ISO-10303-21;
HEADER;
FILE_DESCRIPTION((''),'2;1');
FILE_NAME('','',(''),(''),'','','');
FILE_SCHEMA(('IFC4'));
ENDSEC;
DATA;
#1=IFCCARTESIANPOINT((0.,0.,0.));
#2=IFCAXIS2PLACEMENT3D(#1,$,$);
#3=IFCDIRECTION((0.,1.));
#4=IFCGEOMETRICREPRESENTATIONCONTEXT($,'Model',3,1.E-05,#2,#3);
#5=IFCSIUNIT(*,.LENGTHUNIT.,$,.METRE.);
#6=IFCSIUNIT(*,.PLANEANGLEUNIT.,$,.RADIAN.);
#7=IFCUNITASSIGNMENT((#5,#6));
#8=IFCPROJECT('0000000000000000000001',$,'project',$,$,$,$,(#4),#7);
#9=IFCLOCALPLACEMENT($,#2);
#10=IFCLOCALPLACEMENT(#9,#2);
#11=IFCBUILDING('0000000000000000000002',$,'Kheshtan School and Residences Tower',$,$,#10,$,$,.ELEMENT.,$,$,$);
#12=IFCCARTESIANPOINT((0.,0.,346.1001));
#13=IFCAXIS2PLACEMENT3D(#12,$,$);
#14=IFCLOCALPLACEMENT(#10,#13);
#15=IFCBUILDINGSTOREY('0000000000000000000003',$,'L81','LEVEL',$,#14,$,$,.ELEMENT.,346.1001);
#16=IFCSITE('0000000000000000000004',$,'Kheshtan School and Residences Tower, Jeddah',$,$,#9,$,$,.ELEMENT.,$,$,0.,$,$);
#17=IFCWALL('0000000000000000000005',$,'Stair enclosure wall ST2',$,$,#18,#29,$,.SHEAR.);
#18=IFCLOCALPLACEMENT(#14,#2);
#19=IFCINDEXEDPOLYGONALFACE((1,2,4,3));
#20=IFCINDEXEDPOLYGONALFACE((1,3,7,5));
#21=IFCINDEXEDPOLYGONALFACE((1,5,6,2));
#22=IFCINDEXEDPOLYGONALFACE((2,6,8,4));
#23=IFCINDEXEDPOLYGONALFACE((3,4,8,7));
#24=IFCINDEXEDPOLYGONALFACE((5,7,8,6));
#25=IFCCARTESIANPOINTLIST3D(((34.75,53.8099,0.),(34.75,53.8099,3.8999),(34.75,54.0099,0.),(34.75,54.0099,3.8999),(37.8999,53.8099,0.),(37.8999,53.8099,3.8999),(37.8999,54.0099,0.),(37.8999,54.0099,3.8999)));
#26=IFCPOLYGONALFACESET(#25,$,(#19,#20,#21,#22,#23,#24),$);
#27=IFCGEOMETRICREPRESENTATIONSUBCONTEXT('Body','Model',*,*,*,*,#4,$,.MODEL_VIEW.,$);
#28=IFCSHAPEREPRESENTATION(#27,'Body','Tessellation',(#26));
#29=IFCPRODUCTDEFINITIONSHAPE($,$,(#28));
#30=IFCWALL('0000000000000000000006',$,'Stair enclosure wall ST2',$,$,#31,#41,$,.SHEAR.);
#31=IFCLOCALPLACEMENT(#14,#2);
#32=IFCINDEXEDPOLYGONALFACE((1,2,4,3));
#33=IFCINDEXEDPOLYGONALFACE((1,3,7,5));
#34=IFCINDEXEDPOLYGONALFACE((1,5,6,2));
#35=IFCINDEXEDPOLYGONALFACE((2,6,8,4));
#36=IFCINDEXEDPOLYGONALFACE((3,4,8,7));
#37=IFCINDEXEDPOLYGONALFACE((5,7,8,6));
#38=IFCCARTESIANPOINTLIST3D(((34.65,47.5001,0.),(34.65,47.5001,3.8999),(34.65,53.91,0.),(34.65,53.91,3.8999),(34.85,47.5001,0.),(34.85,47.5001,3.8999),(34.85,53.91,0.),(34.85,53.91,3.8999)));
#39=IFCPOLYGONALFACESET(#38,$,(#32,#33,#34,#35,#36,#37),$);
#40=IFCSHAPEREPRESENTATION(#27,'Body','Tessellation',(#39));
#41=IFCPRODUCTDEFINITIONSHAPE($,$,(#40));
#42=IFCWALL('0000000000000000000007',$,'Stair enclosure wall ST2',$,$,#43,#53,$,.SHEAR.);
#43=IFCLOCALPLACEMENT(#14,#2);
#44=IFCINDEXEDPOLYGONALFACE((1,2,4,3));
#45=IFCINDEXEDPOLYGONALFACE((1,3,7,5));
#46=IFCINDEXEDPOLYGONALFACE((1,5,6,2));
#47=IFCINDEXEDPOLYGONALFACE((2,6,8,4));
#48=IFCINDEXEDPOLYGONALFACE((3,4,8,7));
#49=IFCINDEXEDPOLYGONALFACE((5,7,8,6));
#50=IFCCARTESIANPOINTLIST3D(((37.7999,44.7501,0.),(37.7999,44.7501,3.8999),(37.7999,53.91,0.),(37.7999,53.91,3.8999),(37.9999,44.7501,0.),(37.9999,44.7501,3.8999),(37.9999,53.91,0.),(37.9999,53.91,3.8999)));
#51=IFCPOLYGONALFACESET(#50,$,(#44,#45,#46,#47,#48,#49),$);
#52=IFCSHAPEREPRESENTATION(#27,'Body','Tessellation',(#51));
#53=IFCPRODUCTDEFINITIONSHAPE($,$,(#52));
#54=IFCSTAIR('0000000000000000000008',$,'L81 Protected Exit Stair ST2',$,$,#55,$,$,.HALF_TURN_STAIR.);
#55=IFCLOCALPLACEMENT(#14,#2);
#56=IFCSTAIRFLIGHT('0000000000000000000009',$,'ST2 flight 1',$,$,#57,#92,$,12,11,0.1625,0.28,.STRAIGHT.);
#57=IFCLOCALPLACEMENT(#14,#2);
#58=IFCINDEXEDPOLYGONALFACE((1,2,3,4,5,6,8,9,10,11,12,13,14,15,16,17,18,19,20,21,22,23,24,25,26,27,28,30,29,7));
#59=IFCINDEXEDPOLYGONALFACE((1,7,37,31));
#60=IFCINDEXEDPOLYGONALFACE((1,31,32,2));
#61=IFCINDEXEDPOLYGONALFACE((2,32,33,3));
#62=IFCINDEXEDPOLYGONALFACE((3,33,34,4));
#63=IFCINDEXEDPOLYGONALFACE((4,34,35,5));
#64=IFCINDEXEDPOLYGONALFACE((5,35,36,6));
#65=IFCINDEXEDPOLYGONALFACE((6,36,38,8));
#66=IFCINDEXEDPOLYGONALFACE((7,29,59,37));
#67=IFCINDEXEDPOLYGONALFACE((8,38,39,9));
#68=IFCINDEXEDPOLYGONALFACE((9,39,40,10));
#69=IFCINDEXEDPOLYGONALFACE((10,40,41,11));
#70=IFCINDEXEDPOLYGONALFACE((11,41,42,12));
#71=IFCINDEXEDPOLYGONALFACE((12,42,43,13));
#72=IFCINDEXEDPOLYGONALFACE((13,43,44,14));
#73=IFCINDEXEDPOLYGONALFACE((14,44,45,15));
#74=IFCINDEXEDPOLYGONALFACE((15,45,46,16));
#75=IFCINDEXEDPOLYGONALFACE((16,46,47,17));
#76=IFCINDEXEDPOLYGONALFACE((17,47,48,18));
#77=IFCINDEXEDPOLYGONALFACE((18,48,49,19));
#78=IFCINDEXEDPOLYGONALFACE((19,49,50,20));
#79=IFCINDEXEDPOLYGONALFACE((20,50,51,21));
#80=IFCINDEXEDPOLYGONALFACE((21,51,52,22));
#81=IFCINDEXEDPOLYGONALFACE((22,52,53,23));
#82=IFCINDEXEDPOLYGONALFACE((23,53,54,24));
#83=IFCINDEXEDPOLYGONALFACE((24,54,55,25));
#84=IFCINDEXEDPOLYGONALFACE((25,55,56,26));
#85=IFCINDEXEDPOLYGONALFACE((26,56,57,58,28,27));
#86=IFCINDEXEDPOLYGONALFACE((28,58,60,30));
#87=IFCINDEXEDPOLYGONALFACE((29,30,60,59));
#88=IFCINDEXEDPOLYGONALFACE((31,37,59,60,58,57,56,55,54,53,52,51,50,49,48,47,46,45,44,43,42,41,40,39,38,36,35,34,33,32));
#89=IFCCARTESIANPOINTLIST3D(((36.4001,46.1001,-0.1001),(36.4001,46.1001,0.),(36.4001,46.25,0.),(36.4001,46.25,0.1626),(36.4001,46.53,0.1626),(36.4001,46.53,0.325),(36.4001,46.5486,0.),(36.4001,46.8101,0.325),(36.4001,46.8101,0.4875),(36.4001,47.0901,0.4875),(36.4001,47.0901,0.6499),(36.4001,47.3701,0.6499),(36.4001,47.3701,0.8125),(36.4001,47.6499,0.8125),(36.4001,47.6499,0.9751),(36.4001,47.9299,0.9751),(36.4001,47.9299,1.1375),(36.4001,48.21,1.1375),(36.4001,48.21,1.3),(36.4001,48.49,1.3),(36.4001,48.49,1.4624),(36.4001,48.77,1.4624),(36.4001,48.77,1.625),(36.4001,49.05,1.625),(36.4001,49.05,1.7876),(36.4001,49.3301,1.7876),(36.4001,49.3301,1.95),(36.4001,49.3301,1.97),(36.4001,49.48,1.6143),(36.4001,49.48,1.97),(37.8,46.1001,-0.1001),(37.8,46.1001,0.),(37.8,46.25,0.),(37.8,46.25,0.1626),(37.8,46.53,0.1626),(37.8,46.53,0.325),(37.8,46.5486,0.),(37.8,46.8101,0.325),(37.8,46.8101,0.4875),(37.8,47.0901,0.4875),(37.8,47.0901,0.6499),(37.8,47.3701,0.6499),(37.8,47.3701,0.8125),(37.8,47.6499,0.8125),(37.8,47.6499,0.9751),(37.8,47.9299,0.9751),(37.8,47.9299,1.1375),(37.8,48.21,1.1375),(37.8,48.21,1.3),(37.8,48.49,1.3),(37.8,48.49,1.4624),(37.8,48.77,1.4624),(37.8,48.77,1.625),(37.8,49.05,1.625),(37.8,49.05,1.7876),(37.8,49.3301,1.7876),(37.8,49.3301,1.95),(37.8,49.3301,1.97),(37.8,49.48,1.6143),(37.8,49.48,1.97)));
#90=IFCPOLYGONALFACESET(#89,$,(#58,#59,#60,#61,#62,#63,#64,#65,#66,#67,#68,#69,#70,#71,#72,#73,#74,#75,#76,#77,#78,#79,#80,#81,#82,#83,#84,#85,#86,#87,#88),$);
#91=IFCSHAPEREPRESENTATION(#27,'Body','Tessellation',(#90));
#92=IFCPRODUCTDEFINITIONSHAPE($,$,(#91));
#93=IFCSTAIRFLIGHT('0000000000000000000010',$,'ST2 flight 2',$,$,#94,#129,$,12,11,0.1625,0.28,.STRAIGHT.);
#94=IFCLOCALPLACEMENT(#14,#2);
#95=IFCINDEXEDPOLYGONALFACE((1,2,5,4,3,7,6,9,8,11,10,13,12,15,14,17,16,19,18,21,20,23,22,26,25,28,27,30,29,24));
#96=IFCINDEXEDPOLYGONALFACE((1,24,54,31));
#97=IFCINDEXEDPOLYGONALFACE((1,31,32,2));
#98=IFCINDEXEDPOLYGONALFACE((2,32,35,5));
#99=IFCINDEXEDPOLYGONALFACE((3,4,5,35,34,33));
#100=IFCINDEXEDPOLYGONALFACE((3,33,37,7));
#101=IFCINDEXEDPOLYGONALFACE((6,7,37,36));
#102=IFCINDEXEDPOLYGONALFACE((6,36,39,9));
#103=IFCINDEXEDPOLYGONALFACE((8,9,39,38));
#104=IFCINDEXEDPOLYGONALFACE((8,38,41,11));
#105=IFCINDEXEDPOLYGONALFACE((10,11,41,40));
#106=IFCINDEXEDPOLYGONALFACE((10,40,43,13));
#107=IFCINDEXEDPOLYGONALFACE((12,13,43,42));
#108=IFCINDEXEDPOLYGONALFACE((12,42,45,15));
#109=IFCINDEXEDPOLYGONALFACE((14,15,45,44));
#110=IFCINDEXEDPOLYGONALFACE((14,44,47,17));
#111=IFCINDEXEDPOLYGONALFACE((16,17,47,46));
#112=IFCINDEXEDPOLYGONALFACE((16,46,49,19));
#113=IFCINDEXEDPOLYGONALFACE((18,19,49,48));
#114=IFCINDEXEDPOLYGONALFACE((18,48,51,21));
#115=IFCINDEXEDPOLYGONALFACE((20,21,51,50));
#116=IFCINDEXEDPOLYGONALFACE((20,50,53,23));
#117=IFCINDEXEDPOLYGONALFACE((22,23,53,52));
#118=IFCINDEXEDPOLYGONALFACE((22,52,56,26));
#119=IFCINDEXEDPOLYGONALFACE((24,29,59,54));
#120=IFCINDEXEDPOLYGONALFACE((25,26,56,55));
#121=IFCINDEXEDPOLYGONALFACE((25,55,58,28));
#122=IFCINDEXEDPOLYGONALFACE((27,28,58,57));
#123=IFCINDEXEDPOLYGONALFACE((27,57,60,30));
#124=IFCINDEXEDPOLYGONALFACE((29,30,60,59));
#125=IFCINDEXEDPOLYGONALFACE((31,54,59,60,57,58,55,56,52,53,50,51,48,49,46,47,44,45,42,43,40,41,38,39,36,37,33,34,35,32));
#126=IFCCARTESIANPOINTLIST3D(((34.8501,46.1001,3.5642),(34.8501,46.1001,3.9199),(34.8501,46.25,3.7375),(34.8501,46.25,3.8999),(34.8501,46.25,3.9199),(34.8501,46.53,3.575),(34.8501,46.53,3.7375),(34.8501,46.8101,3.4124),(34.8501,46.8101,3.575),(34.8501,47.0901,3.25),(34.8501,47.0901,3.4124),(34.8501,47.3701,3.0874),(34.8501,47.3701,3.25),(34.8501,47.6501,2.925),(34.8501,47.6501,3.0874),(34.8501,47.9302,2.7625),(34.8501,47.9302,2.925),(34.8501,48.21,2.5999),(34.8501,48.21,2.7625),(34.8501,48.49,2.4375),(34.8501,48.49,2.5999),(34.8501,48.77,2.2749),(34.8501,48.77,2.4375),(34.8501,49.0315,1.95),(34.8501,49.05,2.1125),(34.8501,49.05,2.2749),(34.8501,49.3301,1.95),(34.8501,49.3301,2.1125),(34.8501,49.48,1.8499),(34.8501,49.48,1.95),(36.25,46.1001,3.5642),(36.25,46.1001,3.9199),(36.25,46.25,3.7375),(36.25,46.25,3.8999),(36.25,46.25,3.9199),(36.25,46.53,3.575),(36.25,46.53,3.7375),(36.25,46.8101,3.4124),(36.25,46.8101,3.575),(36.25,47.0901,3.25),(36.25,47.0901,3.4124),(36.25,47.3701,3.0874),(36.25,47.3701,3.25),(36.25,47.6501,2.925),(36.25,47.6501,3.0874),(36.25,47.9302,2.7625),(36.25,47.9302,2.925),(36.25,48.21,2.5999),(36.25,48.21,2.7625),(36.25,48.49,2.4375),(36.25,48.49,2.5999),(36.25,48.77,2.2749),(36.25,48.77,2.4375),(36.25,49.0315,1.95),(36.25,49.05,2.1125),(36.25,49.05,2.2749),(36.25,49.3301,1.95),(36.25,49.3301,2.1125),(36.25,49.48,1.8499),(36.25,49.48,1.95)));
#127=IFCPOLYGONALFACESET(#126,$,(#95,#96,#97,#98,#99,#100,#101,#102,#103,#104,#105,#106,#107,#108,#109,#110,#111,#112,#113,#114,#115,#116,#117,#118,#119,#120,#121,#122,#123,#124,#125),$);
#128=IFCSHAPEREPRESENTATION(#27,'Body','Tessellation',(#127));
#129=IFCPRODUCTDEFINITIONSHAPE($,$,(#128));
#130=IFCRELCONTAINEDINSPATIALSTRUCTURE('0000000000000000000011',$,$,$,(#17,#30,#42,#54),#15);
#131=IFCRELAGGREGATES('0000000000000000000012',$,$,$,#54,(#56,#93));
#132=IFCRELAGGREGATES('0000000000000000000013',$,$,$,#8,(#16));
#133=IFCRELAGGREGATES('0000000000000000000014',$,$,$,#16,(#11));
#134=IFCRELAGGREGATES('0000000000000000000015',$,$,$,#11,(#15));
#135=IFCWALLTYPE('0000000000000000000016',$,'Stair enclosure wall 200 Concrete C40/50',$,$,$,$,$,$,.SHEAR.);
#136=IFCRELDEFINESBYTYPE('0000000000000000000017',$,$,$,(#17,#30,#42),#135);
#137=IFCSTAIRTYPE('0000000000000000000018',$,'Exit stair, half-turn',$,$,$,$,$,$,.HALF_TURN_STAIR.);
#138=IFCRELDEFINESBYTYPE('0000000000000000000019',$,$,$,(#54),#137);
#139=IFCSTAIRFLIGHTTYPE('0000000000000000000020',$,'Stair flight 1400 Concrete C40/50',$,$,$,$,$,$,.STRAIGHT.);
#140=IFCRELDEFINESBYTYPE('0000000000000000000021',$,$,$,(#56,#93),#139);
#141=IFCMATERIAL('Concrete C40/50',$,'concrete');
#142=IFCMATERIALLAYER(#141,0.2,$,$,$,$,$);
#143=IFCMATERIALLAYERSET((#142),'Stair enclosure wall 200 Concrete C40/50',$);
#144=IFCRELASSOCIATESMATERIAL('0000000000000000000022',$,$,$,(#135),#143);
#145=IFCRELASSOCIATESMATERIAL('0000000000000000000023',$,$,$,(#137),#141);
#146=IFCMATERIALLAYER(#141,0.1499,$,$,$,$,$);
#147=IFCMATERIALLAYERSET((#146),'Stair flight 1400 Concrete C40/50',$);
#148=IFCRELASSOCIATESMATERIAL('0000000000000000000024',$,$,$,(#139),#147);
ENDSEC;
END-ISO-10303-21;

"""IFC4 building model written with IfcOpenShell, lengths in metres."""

from ifc_helpers import new_model, si_unit, direction, frame, frame_2d, origin, place, context, subcontext, project, spatial, polyline, rectangle, outline, extrude, material, layer, layer_set, type_object, element, aggregate, save


model = new_model("IFC4")

# Units and contexts
model_context = context("Model", 3, precision=1e-05, world=origin(), true_north=direction((0.0, 1.0)))
body_context = subcontext(model_context, "Body", "Model", "MODEL_VIEW")
ifc_project = project(units=[si_unit("LENGTHUNIT", "METRE"), si_unit("PLANEANGLEUNIT", "RADIAN")], contexts=[model_context])

# Site, building, storey
site_placement = place(None, origin())
site = spatial("IfcSite", under=ifc_project, at=site_placement, Name="Kheshtan School and Residences Tower, Jeddah", CompositionType="ELEMENT", RefElevation=0.0)
building_placement = place(site_placement, origin())
building = spatial("IfcBuilding", under=site, at=building_placement, Name="Kheshtan School and Residences Tower", CompositionType="ELEMENT")
storey_placement = place(building_placement, frame((0.0, 0.0, 346.1001)))
storey = spatial("IfcBuildingStorey", under=building, at=storey_placement, Name="L81", Description="LEVEL", CompositionType="ELEMENT", Elevation=346.1001)

# Walls
ifc_material_1 = material(Name="Concrete C40/50", Category="concrete")
ifc_layer_1 = layer(ifc_material_1, 0.2)
ifc_layer_set_1 = layer_set([ifc_layer_1], Name="Stair enclosure wall 200 Concrete C40/50")
wall_type_1 = type_object("IfcWallType", Name="Stair enclosure wall 200 Concrete C40/50", PredefinedType="SHEAR", material=ifc_layer_set_1)
for number, where, z_axis, x_axis, name in (
    (1, (34.75, 53.9099, 0.0), (0.0, 0.0, 1.0), (1.0, 0.0, 0.0), "Stair enclosure wall ST2"),
):
    element("IfcWall", number, at=place(storey_placement, frame(where, z_axis=z_axis, x_axis=x_axis)), inside=storey, type_object=wall_type_1, Name=name, PredefinedType="SHEAR", context=body_context, shape_type="SweptSolid", body=[
        extrude(rectangle(XDim=3.1499, YDim=0.2, at=frame_2d((1.575, 0.0))), origin(), (0.0, 0.0, 1.0), 3.8999),
    ])
wall_1_placement = place(storey_placement, frame((34.75, 47.5, 0.0), z_axis=(0.0, 0.0, 1.0), x_axis=(0.0, 1.0, 0.0)))
element("IfcWall", 2, at=wall_1_placement, inside=storey, type_object=wall_type_1, Name="Stair enclosure wall ST2", PredefinedType="SHEAR", context=body_context, shape_type="SweptSolid", body=[
    extrude(rectangle(XDim=6.4099, YDim=0.2, at=frame_2d((3.2051, 0.0))), origin(), (0.0, 0.0, 1.0), 3.8999),
])
wall_2_placement = place(storey_placement, frame((37.8999, 44.75, 0.0), z_axis=(0.0, 0.0, 1.0), x_axis=(0.0, 1.0, 0.0)))
element("IfcWall", 3, at=wall_2_placement, inside=storey, type_object=wall_type_1, Name="Stair enclosure wall ST2", PredefinedType="SHEAR", context=body_context, shape_type="SweptSolid", body=[
    extrude(rectangle(XDim=9.1599, YDim=0.2, at=frame_2d((4.5801, 0.0))), origin(), (0.0, 0.0, 1.0), 3.8999),
])

# Stair, stair flights
stair_type = type_object("IfcStairType", Name="Exit stair, half-turn", PredefinedType="HALF_TURN_STAIR", material=ifc_material_1)
stair_placement = place(storey_placement, origin())
stair = element("IfcStair", 4, at=stair_placement, inside=storey, type_object=stair_type, Name="L81 Protected Exit Stair ST2", PredefinedType="HALF_TURN_STAIR")
ifc_layer_2 = layer(ifc_material_1, 0.1499)
ifc_layer_set_2 = layer_set([ifc_layer_2], Name="Stair flight 1400 Concrete C40/50")
stair_flight_type = type_object("IfcStairFlightType", Name="Stair flight 1400 Concrete C40/50", PredefinedType="STRAIGHT", material=ifc_layer_set_2)
stair_flight_1_placement = place(storey_placement, frame((37.1001, 46.25, 0.0), z_axis=(0.0, 0.0, 1.0), x_axis=(0.0, 1.0, 0.0)))
stair_flight_1 = element("IfcStairFlight", 5, at=stair_flight_1_placement, type_object=stair_flight_type, Name="ST2 flight 1", NumberOfRisers=12, NumberOfTreads=11, PredefinedType="STRAIGHT", RiserHeight=0.1625, TreadLength=0.28, context=body_context, shape_type="SweptSolid", body=[
    extrude(outline(polyline([(-0.1499, -0.1001), (-0.1499, 0.0), (0.0, 0.0), (0.0, 0.1626), (0.28, 0.1626), (0.28, 0.325), (0.5601, 0.325), (0.5601, 0.4875), (0.8401, 0.4875), (0.8401, 0.6499), (1.1201, 0.6499), (1.1201, 0.8125), (1.3999, 0.8125), (1.3999, 0.9751), (1.6799, 0.9751), (1.6799, 1.1375), (1.96, 1.1375), (1.96, 1.3), (2.24, 1.3), (2.24, 1.4624), (2.52, 1.4624), (2.52, 1.625), (2.8, 1.625), (2.8, 1.7876), (3.0801, 1.7876), (3.0801, 1.95), (3.0801, 1.97), (3.23, 1.97), (3.23, 1.6143), (0.2986, 0.0), (-0.1499, -0.1001)])), frame((0.0, 0.7, 0.0), z_axis=(0.0, -1.0, 0.0), x_axis=(1.0, 0.0, 0.0)), (0.0, 0.0, 1.0), 1.3999),
])
stair_flight_2_placement = place(storey_placement, frame((35.55, 49.3301, 1.95), z_axis=(0.0, 0.0, 1.0), x_axis=(0.0, -1.0, 0.0)))
stair_flight_2 = element("IfcStairFlight", 6, at=stair_flight_2_placement, type_object=stair_flight_type, Name="ST2 flight 2", NumberOfRisers=12, NumberOfTreads=11, PredefinedType="STRAIGHT", RiserHeight=0.1625, TreadLength=0.28, context=body_context, shape_type="SweptSolid", body=[
    extrude(outline(polyline([(-0.1499, -0.1001), (-0.1499, 0.0), (0.0, 0.0), (0.0, 0.1626), (0.28, 0.1626), (0.28, 0.325), (0.5601, 0.325), (0.5601, 0.4875), (0.8401, 0.4875), (0.8401, 0.6499), (1.1201, 0.6499), (1.1201, 0.8125), (1.3999, 0.8125), (1.3999, 0.9751), (1.6799, 0.9751), (1.6799, 1.1375), (1.96, 1.1375), (1.96, 1.3), (2.24, 1.3), (2.24, 1.4624), (2.52, 1.4624), (2.52, 1.625), (2.8, 1.625), (2.8, 1.7876), (3.0801, 1.7876), (3.0801, 1.95), (3.0801, 1.97), (3.23, 1.97), (3.23, 1.6143), (0.2986, 0.0), (-0.1499, -0.1001)])), frame((0.0, 0.7, 0.0), z_axis=(0.0, -1.0, 0.0), x_axis=(1.0, 0.0, 0.0)), (0.0, 0.0, 1.0), 1.3999),
])
aggregate(stair, [stair_flight_1, stair_flight_2])

save(model, "model.ifc")
